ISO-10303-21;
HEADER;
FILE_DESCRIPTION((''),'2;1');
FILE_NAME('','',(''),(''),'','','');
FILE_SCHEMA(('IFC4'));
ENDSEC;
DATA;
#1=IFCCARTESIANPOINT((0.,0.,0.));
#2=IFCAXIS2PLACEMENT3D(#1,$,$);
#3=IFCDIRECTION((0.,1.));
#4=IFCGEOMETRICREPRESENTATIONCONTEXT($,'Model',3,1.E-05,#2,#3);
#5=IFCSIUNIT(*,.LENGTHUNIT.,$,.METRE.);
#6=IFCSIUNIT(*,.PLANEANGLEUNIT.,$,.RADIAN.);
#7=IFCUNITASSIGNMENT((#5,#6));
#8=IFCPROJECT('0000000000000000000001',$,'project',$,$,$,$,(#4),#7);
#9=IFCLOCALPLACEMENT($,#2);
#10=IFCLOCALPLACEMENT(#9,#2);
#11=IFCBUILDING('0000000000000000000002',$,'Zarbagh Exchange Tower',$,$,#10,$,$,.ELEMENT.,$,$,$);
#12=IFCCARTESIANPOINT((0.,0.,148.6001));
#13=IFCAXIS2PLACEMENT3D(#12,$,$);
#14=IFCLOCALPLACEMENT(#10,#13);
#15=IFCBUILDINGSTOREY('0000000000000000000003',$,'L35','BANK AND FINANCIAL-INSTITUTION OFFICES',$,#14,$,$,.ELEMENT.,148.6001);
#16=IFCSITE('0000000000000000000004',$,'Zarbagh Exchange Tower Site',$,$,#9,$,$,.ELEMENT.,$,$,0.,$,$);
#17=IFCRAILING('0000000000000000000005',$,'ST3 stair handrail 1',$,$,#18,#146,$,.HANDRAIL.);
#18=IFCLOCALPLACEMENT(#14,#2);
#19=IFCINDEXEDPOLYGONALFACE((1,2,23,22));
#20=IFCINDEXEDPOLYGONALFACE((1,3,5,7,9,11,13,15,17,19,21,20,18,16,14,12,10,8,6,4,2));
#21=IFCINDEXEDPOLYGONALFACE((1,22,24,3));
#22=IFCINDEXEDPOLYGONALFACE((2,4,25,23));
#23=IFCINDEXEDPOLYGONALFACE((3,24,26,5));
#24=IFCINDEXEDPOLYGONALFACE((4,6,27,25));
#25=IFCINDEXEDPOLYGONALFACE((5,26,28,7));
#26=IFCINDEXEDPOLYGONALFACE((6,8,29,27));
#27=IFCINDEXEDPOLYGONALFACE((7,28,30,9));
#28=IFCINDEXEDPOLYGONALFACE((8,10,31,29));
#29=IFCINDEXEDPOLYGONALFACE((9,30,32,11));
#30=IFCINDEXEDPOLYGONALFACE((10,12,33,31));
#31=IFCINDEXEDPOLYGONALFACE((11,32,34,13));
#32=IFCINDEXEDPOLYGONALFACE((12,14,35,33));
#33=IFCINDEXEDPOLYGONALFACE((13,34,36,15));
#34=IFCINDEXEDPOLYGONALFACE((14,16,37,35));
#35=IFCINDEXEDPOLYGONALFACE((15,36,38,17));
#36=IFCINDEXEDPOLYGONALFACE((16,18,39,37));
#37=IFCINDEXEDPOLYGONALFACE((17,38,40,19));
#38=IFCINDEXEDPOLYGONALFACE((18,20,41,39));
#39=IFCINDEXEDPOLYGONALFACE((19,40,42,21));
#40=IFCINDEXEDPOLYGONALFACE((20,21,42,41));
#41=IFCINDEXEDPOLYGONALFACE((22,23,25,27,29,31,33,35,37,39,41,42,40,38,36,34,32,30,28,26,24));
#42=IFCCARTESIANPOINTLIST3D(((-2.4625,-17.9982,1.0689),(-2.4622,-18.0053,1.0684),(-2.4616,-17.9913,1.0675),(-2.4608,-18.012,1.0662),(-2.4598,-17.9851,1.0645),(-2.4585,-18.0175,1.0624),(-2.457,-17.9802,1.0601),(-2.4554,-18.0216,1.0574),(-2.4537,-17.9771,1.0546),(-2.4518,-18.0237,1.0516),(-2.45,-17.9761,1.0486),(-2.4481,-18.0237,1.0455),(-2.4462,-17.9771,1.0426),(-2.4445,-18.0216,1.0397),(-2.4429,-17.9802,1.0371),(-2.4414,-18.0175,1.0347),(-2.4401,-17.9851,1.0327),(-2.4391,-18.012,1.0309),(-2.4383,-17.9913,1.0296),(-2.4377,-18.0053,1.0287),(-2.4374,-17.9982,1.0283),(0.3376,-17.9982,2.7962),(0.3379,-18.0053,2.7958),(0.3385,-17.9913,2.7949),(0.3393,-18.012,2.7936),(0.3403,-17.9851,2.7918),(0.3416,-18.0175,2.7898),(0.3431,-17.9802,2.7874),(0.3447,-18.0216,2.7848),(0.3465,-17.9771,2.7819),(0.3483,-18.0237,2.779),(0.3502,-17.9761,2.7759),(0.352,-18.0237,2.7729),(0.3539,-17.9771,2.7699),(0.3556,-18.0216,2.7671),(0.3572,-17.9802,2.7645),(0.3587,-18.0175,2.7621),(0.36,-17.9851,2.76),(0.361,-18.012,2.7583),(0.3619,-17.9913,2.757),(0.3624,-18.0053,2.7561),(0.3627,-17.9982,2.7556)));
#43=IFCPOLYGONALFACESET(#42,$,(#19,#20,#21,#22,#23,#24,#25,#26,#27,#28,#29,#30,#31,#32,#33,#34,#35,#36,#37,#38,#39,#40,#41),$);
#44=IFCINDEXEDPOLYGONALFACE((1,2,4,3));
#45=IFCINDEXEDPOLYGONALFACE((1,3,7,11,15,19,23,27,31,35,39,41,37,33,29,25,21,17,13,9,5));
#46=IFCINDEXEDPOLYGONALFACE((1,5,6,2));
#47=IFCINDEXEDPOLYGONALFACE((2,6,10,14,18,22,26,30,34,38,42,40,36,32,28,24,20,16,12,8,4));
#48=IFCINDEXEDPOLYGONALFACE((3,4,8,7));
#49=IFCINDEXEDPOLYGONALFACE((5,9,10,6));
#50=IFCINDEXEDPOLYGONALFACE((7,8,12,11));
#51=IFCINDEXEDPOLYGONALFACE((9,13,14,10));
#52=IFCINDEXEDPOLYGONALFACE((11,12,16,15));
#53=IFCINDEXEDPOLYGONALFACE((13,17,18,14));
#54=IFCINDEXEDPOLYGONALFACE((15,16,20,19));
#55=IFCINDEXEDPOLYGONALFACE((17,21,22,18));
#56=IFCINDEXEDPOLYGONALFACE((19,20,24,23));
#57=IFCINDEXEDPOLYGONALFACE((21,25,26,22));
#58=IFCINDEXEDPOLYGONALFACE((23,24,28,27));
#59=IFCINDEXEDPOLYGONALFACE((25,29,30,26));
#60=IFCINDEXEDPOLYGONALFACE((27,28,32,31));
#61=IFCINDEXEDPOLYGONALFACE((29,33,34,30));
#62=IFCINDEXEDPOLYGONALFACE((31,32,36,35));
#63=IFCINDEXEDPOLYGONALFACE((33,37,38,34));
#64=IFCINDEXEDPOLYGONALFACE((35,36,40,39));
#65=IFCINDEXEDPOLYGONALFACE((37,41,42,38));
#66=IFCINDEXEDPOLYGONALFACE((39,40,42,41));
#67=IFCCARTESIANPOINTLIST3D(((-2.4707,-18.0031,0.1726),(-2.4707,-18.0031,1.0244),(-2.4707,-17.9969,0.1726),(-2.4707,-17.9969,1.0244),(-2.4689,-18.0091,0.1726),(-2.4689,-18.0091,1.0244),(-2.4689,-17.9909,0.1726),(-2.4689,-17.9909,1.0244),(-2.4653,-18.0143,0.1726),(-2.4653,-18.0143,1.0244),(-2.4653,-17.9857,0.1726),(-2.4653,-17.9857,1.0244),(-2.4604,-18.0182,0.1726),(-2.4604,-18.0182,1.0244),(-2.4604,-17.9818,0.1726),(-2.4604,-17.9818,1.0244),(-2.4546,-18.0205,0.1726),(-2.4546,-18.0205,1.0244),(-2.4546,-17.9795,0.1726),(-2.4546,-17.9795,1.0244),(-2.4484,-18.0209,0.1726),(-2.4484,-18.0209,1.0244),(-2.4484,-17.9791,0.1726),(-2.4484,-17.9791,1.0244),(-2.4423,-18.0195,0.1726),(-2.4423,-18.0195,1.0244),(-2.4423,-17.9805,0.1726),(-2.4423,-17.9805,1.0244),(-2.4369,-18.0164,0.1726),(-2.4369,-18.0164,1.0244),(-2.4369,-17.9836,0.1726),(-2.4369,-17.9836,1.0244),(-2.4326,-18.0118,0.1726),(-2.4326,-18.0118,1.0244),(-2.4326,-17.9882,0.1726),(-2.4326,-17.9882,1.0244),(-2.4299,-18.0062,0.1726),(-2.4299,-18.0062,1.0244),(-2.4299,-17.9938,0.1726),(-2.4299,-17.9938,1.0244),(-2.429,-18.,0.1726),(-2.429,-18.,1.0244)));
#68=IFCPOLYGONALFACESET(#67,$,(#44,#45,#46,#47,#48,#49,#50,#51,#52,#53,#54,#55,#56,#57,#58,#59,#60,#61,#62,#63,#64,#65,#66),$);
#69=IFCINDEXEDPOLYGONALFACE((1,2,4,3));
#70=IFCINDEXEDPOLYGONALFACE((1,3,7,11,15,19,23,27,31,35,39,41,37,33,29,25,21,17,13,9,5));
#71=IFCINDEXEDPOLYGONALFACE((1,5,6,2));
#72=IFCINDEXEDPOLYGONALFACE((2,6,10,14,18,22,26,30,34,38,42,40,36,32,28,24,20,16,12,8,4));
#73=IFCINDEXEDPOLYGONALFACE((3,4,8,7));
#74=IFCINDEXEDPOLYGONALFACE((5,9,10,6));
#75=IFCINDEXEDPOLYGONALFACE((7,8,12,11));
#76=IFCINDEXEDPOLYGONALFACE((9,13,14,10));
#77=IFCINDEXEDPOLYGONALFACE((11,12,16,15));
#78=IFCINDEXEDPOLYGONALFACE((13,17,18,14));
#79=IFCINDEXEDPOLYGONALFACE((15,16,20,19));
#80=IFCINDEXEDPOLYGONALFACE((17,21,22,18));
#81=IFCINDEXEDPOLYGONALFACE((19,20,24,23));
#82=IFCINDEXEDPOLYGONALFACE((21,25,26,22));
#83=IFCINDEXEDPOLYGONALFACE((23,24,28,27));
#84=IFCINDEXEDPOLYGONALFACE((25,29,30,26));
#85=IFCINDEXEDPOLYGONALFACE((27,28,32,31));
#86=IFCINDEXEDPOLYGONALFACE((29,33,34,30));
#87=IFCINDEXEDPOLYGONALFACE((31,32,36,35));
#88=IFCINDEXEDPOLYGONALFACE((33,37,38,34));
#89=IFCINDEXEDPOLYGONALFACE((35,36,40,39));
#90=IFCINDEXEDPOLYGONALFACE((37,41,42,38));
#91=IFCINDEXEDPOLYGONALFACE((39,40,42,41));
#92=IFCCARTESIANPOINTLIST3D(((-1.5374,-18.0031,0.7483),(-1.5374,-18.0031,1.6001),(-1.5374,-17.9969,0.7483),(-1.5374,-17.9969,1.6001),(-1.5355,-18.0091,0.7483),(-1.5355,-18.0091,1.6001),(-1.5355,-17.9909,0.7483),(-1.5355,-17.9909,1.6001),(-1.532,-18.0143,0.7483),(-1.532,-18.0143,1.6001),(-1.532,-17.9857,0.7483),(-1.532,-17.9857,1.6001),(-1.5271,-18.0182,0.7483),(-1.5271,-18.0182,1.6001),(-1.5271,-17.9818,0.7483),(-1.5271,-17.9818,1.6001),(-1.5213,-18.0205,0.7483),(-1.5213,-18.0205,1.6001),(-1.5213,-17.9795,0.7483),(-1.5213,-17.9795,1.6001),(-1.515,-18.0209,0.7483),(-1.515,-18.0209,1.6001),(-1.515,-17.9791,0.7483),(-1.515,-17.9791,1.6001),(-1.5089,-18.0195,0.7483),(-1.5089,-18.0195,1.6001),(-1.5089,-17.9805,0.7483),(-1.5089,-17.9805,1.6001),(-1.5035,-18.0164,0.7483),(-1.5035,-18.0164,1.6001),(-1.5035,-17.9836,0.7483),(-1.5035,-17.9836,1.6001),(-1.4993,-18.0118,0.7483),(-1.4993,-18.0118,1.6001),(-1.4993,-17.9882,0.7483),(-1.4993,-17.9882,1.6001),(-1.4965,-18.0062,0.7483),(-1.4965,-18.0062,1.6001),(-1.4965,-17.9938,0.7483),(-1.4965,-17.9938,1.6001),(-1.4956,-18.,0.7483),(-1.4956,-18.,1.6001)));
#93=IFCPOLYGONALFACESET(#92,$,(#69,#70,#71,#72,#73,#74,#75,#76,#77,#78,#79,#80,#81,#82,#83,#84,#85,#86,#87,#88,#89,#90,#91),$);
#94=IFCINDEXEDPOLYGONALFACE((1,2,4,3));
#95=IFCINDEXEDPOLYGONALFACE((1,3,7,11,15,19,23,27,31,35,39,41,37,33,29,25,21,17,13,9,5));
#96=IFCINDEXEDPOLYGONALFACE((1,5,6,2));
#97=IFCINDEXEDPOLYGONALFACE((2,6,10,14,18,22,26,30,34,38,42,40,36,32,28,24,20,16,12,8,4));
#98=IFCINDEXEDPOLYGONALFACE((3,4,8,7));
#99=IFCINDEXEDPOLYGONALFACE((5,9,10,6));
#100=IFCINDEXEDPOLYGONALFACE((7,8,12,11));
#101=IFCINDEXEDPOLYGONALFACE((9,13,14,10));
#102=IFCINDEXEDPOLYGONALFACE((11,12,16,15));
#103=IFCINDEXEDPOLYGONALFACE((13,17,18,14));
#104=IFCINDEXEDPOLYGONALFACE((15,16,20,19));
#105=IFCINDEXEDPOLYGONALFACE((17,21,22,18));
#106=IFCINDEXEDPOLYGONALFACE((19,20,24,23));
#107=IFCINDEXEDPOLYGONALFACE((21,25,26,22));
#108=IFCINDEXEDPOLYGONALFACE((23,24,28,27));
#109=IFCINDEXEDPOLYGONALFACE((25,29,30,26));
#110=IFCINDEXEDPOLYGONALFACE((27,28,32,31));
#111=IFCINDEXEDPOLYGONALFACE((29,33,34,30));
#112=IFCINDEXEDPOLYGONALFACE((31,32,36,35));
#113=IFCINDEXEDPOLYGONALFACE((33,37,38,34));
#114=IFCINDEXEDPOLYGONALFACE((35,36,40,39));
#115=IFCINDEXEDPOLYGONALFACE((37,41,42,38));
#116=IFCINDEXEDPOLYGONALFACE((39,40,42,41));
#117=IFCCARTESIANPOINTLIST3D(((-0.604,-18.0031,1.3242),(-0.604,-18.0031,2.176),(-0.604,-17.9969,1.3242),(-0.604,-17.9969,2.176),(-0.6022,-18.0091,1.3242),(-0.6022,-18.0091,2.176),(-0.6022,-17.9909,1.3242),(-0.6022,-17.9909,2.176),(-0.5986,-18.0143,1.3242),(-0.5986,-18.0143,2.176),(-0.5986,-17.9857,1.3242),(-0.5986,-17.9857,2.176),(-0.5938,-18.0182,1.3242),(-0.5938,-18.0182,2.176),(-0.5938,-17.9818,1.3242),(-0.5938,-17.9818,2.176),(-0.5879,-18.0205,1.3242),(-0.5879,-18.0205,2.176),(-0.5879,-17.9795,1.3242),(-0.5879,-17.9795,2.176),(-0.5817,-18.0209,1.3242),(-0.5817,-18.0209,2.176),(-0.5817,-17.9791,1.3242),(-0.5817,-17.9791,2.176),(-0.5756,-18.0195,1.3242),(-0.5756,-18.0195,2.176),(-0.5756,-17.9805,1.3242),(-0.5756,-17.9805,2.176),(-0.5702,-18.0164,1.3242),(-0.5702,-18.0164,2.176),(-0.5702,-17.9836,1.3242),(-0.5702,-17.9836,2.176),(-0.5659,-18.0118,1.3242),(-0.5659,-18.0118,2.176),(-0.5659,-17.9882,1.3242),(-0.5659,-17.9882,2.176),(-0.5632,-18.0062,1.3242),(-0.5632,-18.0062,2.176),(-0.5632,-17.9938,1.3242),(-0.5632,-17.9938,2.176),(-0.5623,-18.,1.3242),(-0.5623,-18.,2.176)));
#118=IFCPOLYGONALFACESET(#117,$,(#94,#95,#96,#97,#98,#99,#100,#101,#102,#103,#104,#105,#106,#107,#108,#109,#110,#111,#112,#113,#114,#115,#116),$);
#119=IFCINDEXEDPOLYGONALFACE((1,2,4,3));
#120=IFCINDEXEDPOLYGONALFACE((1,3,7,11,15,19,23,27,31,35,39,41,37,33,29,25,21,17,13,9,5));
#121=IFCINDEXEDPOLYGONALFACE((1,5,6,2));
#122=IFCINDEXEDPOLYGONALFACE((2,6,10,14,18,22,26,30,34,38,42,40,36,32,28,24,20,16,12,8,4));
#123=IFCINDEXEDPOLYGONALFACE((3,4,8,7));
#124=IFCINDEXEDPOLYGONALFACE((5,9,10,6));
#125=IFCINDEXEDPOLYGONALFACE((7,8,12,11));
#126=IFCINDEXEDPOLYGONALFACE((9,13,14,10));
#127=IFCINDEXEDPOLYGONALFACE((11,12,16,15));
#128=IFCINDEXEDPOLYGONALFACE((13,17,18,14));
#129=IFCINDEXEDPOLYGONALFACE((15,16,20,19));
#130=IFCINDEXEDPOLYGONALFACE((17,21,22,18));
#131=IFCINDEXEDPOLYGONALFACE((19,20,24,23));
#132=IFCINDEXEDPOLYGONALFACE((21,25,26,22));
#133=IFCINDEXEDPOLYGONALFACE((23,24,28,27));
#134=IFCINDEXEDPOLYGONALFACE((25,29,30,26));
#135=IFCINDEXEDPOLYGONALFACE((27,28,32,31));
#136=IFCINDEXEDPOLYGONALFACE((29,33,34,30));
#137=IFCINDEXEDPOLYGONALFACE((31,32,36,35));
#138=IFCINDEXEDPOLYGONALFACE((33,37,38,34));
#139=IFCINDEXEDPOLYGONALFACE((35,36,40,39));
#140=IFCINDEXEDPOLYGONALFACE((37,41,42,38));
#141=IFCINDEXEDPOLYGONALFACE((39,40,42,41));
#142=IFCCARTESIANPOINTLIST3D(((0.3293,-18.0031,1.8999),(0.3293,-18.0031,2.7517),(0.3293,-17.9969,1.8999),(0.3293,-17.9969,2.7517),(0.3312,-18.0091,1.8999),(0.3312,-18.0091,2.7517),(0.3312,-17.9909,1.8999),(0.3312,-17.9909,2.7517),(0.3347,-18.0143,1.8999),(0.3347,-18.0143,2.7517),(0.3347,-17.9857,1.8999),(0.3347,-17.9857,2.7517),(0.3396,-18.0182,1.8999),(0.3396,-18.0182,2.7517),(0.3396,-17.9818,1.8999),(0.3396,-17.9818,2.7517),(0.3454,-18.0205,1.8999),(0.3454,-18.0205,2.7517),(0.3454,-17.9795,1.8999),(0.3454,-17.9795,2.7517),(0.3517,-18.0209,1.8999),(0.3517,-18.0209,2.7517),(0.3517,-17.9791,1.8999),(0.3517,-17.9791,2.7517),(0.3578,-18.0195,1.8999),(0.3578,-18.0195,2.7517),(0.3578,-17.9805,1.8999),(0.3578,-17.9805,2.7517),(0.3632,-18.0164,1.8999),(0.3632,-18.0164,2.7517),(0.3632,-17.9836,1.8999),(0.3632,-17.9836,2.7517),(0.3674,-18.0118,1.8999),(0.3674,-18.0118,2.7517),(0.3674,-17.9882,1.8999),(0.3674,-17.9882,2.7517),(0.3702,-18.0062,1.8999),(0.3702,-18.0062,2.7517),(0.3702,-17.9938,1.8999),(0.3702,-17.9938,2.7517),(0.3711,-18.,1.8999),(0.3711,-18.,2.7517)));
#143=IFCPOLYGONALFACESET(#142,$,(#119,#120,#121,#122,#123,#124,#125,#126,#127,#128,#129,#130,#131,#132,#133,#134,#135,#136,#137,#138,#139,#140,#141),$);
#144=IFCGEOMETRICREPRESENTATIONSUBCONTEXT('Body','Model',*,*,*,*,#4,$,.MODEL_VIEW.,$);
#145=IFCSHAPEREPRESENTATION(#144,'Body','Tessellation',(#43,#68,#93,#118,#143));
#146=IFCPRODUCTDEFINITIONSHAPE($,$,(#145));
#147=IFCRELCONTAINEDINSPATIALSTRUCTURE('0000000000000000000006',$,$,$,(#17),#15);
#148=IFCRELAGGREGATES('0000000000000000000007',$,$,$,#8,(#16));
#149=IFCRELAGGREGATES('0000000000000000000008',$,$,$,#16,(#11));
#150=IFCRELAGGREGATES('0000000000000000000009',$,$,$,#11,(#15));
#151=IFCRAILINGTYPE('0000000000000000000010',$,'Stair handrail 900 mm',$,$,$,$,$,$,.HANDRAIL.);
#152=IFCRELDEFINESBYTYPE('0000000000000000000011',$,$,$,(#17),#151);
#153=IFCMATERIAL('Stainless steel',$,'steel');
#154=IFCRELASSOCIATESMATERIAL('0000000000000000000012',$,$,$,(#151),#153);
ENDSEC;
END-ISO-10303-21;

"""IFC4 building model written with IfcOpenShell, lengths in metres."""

from ifc_helpers import new_model, si_unit, direction, frame, origin, origin_2d, place, context, subcontext, project, spatial, circle, extrude, material, type_object, element, save


model = new_model("IFC4")

# Units and contexts
model_context = context("Model", 3, precision=1e-05, world=origin(), true_north=direction((0.0, 1.0)))
body_context = subcontext(model_context, "Body", "Model", "MODEL_VIEW")
ifc_project = project(units=[si_unit("LENGTHUNIT", "METRE"), si_unit("PLANEANGLEUNIT", "RADIAN")], contexts=[model_context])

# Site, building, storey
site_placement = place(None, origin())
site = spatial("IfcSite", under=ifc_project, at=site_placement, Name="Zarbagh Exchange Tower Site", CompositionType="ELEMENT", RefElevation=0.0)
building_placement = place(site_placement, origin())
building = spatial("IfcBuilding", under=site, at=building_placement, Name="Zarbagh Exchange Tower", CompositionType="ELEMENT")
storey_placement = place(building_placement, frame((0.0, 0.0, 148.6001)))
storey = spatial("IfcBuildingStorey", under=building, at=storey_placement, Name="L35", Description="BANK AND FINANCIAL-INSTITUTION OFFICES", CompositionType="ELEMENT", Elevation=148.6001)

# Shared definitions
ifc_material_1 = material(Name="Stainless steel", Category="steel")

# Railing
railing_type_1 = type_object("IfcRailingType", Name="Stair handrail 900 mm", PredefinedType="HANDRAIL", material=ifc_material_1)
for number, where, name in (
    (1, (-2.45, -18.0, 0.1726), "ST3 stair handrail 1"),
):
    element("IfcRailing", number, at=place(storey_placement, frame(where)), inside=storey, type_object=railing_type_1, Name=name, PredefinedType="HANDRAIL", context=body_context, shape_type="SweptSolid", body=[
        extrude(circle(Radius=0.0239, at=origin_2d()), frame((0.0, 0.0, 0.876), z_axis=(0.85109, 0.0, 0.52502), x_axis=(0.0, 1.0, 0.0)), (0.0, 0.0, 1.0), 3.29),
        extrude(circle(Radius=0.021, at=origin_2d()), origin(), (0.0, 0.0, 1.0), 0.8518),
        extrude(circle(Radius=0.021, at=origin_2d()), frame((0.9333, 0.0, 0.5757)), (0.0, 0.0, 1.0), 0.8518),
        extrude(circle(Radius=0.021, at=origin_2d()), frame((1.8667, 0.0, 1.1516)), (0.0, 0.0, 1.0), 0.8518),
        extrude(circle(Radius=0.021, at=origin_2d()), frame((2.8, 0.0, 1.7273)), (0.0, 0.0, 1.0), 0.8518),
    ])

save(model, "model.ifc")
